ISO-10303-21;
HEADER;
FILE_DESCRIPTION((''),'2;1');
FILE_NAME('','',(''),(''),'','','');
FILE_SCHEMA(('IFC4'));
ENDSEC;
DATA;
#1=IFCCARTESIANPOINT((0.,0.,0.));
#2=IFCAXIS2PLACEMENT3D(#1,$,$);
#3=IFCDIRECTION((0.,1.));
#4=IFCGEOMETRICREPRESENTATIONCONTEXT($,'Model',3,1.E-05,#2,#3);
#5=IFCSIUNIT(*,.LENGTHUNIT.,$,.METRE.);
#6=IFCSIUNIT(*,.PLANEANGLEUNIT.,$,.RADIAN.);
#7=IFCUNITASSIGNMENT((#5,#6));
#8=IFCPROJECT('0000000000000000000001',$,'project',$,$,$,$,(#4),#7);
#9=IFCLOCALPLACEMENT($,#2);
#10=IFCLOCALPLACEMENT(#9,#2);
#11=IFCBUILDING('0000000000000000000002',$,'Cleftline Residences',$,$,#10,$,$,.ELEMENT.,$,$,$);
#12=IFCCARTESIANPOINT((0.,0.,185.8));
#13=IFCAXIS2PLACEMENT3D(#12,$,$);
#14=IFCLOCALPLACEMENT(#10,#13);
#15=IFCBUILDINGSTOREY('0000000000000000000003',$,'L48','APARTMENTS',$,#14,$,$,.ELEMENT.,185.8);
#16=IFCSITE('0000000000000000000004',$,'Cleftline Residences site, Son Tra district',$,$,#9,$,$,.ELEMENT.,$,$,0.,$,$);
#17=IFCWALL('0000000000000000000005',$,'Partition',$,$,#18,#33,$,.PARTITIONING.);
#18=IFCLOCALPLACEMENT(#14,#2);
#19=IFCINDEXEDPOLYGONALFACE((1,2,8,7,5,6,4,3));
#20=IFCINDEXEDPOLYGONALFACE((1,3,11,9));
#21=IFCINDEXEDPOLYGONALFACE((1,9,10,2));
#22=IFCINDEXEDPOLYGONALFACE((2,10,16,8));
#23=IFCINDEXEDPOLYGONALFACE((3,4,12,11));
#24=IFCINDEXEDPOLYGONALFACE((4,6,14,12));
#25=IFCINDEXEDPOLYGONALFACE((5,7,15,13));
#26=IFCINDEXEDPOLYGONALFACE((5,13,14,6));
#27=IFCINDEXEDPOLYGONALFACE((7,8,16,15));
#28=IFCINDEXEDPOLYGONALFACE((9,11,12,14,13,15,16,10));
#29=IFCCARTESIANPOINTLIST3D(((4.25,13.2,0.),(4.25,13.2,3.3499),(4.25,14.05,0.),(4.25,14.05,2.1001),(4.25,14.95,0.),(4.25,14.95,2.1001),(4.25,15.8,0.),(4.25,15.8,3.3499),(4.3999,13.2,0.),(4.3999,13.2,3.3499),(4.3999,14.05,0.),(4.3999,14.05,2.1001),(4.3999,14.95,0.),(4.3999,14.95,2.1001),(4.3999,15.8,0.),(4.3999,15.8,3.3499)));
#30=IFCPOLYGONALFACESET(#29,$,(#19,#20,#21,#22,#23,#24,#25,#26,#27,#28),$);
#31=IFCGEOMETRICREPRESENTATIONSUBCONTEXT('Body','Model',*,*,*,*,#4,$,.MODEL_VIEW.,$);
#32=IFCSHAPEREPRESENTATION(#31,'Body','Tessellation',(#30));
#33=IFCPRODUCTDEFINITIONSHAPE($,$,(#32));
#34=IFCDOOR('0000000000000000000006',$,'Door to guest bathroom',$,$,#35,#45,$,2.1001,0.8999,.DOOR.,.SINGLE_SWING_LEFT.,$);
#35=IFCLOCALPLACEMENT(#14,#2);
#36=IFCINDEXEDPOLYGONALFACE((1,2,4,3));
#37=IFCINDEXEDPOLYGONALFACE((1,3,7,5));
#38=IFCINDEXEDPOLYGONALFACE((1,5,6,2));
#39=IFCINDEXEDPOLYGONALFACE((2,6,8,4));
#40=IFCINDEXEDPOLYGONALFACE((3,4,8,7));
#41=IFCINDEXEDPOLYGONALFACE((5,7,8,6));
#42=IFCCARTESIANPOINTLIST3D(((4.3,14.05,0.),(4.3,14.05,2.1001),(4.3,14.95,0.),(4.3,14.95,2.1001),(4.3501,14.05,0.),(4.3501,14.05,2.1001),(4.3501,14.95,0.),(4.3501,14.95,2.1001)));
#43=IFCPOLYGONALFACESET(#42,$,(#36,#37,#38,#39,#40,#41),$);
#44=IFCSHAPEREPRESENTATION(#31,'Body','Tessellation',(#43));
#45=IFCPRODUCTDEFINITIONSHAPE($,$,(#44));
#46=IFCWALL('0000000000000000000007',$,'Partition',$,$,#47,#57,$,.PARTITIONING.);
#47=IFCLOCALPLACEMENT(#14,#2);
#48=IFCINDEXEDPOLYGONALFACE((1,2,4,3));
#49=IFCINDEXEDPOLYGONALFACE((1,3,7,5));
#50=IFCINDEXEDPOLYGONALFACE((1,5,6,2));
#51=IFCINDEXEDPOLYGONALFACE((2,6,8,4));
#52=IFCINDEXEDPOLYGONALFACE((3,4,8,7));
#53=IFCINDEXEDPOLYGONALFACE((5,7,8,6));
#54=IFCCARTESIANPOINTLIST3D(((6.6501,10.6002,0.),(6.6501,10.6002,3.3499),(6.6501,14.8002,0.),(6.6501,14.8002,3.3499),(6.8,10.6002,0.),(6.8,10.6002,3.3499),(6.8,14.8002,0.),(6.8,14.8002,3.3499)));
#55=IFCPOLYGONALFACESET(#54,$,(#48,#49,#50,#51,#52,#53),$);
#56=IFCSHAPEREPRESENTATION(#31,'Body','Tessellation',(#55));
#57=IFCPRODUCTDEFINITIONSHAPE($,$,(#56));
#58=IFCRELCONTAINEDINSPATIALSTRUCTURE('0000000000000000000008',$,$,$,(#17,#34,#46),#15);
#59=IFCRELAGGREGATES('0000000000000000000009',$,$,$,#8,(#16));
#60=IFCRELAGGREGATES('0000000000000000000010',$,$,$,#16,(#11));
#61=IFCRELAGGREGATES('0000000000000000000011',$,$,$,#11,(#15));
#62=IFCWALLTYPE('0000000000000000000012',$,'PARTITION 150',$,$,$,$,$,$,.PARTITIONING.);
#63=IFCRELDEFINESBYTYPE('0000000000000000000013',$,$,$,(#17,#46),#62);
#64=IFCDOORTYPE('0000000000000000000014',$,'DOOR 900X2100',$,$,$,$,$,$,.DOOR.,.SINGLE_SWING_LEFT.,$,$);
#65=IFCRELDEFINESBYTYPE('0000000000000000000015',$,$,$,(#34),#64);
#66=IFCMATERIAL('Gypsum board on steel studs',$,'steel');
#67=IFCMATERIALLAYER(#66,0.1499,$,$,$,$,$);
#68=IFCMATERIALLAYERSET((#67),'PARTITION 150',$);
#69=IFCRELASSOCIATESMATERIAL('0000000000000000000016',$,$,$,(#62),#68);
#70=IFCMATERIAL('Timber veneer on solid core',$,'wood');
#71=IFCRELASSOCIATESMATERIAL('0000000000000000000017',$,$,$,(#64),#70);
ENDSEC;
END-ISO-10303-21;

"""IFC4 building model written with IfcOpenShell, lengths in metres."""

from ifc_helpers import new_model, si_unit, direction, frame, frame_2d, origin, place, context, subcontext, project, spatial, rectangle, extrude, material, layer, layer_set, type_object, element, fill, save


model = new_model("IFC4")

# Units and contexts
model_context = context("Model", 3, precision=1e-05, world=origin(), true_north=direction((0.0, 1.0)))
body_context = subcontext(model_context, "Body", "Model", "MODEL_VIEW")
ifc_project = project(units=[si_unit("LENGTHUNIT", "METRE"), si_unit("PLANEANGLEUNIT", "RADIAN")], contexts=[model_context])

# Site, building, storey
site_placement = place(None, origin())
site = spatial("IfcSite", under=ifc_project, at=site_placement, Name="Cleftline Residences site, Son Tra district", CompositionType="ELEMENT", RefElevation=0.0)
building_placement = place(site_placement, origin())
building = spatial("IfcBuilding", under=site, at=building_placement, Name="Cleftline Residences", CompositionType="ELEMENT")
storey_placement = place(building_placement, frame((0.0, 0.0, 185.8)))
storey = spatial("IfcBuildingStorey", under=building, at=storey_placement, Name="L48", Description="APARTMENTS", CompositionType="ELEMENT", Elevation=185.8)

# Shared definitions
ifc_material_1 = material(Name="Gypsum board on steel studs", Category="steel")
ifc_layer = layer(ifc_material_1, 0.1499)
ifc_layer_set = layer_set([ifc_layer], Name="PARTITION 150")
wall_type = type_object("IfcWallType", Name="PARTITION 150", PredefinedType="PARTITIONING", material=ifc_layer_set)
ifc_material_2 = material(Name="Timber veneer on solid core", Category="wood")
door_type_1 = type_object("IfcDoorType", Name="DOOR 900X2100", OperationType="SINGLE_SWING_LEFT", PredefinedType="DOOR", material=ifc_material_2)

# Wall, opening, door
wall_1_placement = place(storey_placement, frame((4.325, 13.2, 0.0), z_axis=(0.0, 0.0, 1.0), x_axis=(0.0, 1.0, 0.0)))
wall_1 = element("IfcWall", 1, at=wall_1_placement, inside=storey, type_object=wall_type, Name="Partition", PredefinedType="PARTITIONING", context=body_context, shape_type="SweptSolid", body=[
    extrude(rectangle(XDim=2.6001, YDim=0.1499, at=frame_2d((1.3, 0.0))), origin(), (0.0, 0.0, 1.0), 3.3499),
])
opening_1_placement = place(wall_1_placement, frame((0.8501, 0.0, 0.0)))
opening_1 = element("IfcOpeningElement", 2, at=opening_1_placement, cuts=wall_1, PredefinedType="OPENING", context=body_context, shape_type="SweptSolid", body=[
    extrude(rectangle(XDim=0.8999, YDim=2.1001, at=frame_2d((0.45, 1.05))), frame((0.0, 0.085, 0.0), z_axis=(0.0, -1.0, 0.0), x_axis=(1.0, 0.0, 0.0)), (0.0, 0.0, 1.0), 0.1699),
])
door_1_placement = place(opening_1_placement, origin())
door_1 = element("IfcDoor", 3, at=door_1_placement, inside=storey, type_object=door_type_1, Name="Door to guest bathroom", OperationType="SINGLE_SWING_LEFT", OverallHeight=2.1001, OverallWidth=0.8999, PredefinedType="DOOR", context=body_context, shape_type="SweptSolid", body=[
    extrude(rectangle(XDim=0.8999, YDim=2.1001, at=frame_2d((0.45, 1.05))), frame((0.0, 0.0249, 0.0), z_axis=(0.0, -1.0, 0.0), x_axis=(1.0, 0.0, 0.0)), (0.0, 0.0, 1.0), 0.05),
])
fill(opening_1, door_1)

# Wall
wall_2_placement = place(storey_placement, frame((6.7251, 10.6001, 0.0), z_axis=(0.0, 0.0, 1.0), x_axis=(0.0, 1.0, 0.0)))
element("IfcWall", 4, at=wall_2_placement, inside=storey, type_object=wall_type, Name="Partition", PredefinedType="PARTITIONING", context=body_context, shape_type="SweptSolid", body=[
    extrude(rectangle(XDim=4.2, YDim=0.1499, at=frame_2d((2.1001, 0.0))), origin(), (0.0, 0.0, 1.0), 3.3499),
])

save(model, "model.ifc")
